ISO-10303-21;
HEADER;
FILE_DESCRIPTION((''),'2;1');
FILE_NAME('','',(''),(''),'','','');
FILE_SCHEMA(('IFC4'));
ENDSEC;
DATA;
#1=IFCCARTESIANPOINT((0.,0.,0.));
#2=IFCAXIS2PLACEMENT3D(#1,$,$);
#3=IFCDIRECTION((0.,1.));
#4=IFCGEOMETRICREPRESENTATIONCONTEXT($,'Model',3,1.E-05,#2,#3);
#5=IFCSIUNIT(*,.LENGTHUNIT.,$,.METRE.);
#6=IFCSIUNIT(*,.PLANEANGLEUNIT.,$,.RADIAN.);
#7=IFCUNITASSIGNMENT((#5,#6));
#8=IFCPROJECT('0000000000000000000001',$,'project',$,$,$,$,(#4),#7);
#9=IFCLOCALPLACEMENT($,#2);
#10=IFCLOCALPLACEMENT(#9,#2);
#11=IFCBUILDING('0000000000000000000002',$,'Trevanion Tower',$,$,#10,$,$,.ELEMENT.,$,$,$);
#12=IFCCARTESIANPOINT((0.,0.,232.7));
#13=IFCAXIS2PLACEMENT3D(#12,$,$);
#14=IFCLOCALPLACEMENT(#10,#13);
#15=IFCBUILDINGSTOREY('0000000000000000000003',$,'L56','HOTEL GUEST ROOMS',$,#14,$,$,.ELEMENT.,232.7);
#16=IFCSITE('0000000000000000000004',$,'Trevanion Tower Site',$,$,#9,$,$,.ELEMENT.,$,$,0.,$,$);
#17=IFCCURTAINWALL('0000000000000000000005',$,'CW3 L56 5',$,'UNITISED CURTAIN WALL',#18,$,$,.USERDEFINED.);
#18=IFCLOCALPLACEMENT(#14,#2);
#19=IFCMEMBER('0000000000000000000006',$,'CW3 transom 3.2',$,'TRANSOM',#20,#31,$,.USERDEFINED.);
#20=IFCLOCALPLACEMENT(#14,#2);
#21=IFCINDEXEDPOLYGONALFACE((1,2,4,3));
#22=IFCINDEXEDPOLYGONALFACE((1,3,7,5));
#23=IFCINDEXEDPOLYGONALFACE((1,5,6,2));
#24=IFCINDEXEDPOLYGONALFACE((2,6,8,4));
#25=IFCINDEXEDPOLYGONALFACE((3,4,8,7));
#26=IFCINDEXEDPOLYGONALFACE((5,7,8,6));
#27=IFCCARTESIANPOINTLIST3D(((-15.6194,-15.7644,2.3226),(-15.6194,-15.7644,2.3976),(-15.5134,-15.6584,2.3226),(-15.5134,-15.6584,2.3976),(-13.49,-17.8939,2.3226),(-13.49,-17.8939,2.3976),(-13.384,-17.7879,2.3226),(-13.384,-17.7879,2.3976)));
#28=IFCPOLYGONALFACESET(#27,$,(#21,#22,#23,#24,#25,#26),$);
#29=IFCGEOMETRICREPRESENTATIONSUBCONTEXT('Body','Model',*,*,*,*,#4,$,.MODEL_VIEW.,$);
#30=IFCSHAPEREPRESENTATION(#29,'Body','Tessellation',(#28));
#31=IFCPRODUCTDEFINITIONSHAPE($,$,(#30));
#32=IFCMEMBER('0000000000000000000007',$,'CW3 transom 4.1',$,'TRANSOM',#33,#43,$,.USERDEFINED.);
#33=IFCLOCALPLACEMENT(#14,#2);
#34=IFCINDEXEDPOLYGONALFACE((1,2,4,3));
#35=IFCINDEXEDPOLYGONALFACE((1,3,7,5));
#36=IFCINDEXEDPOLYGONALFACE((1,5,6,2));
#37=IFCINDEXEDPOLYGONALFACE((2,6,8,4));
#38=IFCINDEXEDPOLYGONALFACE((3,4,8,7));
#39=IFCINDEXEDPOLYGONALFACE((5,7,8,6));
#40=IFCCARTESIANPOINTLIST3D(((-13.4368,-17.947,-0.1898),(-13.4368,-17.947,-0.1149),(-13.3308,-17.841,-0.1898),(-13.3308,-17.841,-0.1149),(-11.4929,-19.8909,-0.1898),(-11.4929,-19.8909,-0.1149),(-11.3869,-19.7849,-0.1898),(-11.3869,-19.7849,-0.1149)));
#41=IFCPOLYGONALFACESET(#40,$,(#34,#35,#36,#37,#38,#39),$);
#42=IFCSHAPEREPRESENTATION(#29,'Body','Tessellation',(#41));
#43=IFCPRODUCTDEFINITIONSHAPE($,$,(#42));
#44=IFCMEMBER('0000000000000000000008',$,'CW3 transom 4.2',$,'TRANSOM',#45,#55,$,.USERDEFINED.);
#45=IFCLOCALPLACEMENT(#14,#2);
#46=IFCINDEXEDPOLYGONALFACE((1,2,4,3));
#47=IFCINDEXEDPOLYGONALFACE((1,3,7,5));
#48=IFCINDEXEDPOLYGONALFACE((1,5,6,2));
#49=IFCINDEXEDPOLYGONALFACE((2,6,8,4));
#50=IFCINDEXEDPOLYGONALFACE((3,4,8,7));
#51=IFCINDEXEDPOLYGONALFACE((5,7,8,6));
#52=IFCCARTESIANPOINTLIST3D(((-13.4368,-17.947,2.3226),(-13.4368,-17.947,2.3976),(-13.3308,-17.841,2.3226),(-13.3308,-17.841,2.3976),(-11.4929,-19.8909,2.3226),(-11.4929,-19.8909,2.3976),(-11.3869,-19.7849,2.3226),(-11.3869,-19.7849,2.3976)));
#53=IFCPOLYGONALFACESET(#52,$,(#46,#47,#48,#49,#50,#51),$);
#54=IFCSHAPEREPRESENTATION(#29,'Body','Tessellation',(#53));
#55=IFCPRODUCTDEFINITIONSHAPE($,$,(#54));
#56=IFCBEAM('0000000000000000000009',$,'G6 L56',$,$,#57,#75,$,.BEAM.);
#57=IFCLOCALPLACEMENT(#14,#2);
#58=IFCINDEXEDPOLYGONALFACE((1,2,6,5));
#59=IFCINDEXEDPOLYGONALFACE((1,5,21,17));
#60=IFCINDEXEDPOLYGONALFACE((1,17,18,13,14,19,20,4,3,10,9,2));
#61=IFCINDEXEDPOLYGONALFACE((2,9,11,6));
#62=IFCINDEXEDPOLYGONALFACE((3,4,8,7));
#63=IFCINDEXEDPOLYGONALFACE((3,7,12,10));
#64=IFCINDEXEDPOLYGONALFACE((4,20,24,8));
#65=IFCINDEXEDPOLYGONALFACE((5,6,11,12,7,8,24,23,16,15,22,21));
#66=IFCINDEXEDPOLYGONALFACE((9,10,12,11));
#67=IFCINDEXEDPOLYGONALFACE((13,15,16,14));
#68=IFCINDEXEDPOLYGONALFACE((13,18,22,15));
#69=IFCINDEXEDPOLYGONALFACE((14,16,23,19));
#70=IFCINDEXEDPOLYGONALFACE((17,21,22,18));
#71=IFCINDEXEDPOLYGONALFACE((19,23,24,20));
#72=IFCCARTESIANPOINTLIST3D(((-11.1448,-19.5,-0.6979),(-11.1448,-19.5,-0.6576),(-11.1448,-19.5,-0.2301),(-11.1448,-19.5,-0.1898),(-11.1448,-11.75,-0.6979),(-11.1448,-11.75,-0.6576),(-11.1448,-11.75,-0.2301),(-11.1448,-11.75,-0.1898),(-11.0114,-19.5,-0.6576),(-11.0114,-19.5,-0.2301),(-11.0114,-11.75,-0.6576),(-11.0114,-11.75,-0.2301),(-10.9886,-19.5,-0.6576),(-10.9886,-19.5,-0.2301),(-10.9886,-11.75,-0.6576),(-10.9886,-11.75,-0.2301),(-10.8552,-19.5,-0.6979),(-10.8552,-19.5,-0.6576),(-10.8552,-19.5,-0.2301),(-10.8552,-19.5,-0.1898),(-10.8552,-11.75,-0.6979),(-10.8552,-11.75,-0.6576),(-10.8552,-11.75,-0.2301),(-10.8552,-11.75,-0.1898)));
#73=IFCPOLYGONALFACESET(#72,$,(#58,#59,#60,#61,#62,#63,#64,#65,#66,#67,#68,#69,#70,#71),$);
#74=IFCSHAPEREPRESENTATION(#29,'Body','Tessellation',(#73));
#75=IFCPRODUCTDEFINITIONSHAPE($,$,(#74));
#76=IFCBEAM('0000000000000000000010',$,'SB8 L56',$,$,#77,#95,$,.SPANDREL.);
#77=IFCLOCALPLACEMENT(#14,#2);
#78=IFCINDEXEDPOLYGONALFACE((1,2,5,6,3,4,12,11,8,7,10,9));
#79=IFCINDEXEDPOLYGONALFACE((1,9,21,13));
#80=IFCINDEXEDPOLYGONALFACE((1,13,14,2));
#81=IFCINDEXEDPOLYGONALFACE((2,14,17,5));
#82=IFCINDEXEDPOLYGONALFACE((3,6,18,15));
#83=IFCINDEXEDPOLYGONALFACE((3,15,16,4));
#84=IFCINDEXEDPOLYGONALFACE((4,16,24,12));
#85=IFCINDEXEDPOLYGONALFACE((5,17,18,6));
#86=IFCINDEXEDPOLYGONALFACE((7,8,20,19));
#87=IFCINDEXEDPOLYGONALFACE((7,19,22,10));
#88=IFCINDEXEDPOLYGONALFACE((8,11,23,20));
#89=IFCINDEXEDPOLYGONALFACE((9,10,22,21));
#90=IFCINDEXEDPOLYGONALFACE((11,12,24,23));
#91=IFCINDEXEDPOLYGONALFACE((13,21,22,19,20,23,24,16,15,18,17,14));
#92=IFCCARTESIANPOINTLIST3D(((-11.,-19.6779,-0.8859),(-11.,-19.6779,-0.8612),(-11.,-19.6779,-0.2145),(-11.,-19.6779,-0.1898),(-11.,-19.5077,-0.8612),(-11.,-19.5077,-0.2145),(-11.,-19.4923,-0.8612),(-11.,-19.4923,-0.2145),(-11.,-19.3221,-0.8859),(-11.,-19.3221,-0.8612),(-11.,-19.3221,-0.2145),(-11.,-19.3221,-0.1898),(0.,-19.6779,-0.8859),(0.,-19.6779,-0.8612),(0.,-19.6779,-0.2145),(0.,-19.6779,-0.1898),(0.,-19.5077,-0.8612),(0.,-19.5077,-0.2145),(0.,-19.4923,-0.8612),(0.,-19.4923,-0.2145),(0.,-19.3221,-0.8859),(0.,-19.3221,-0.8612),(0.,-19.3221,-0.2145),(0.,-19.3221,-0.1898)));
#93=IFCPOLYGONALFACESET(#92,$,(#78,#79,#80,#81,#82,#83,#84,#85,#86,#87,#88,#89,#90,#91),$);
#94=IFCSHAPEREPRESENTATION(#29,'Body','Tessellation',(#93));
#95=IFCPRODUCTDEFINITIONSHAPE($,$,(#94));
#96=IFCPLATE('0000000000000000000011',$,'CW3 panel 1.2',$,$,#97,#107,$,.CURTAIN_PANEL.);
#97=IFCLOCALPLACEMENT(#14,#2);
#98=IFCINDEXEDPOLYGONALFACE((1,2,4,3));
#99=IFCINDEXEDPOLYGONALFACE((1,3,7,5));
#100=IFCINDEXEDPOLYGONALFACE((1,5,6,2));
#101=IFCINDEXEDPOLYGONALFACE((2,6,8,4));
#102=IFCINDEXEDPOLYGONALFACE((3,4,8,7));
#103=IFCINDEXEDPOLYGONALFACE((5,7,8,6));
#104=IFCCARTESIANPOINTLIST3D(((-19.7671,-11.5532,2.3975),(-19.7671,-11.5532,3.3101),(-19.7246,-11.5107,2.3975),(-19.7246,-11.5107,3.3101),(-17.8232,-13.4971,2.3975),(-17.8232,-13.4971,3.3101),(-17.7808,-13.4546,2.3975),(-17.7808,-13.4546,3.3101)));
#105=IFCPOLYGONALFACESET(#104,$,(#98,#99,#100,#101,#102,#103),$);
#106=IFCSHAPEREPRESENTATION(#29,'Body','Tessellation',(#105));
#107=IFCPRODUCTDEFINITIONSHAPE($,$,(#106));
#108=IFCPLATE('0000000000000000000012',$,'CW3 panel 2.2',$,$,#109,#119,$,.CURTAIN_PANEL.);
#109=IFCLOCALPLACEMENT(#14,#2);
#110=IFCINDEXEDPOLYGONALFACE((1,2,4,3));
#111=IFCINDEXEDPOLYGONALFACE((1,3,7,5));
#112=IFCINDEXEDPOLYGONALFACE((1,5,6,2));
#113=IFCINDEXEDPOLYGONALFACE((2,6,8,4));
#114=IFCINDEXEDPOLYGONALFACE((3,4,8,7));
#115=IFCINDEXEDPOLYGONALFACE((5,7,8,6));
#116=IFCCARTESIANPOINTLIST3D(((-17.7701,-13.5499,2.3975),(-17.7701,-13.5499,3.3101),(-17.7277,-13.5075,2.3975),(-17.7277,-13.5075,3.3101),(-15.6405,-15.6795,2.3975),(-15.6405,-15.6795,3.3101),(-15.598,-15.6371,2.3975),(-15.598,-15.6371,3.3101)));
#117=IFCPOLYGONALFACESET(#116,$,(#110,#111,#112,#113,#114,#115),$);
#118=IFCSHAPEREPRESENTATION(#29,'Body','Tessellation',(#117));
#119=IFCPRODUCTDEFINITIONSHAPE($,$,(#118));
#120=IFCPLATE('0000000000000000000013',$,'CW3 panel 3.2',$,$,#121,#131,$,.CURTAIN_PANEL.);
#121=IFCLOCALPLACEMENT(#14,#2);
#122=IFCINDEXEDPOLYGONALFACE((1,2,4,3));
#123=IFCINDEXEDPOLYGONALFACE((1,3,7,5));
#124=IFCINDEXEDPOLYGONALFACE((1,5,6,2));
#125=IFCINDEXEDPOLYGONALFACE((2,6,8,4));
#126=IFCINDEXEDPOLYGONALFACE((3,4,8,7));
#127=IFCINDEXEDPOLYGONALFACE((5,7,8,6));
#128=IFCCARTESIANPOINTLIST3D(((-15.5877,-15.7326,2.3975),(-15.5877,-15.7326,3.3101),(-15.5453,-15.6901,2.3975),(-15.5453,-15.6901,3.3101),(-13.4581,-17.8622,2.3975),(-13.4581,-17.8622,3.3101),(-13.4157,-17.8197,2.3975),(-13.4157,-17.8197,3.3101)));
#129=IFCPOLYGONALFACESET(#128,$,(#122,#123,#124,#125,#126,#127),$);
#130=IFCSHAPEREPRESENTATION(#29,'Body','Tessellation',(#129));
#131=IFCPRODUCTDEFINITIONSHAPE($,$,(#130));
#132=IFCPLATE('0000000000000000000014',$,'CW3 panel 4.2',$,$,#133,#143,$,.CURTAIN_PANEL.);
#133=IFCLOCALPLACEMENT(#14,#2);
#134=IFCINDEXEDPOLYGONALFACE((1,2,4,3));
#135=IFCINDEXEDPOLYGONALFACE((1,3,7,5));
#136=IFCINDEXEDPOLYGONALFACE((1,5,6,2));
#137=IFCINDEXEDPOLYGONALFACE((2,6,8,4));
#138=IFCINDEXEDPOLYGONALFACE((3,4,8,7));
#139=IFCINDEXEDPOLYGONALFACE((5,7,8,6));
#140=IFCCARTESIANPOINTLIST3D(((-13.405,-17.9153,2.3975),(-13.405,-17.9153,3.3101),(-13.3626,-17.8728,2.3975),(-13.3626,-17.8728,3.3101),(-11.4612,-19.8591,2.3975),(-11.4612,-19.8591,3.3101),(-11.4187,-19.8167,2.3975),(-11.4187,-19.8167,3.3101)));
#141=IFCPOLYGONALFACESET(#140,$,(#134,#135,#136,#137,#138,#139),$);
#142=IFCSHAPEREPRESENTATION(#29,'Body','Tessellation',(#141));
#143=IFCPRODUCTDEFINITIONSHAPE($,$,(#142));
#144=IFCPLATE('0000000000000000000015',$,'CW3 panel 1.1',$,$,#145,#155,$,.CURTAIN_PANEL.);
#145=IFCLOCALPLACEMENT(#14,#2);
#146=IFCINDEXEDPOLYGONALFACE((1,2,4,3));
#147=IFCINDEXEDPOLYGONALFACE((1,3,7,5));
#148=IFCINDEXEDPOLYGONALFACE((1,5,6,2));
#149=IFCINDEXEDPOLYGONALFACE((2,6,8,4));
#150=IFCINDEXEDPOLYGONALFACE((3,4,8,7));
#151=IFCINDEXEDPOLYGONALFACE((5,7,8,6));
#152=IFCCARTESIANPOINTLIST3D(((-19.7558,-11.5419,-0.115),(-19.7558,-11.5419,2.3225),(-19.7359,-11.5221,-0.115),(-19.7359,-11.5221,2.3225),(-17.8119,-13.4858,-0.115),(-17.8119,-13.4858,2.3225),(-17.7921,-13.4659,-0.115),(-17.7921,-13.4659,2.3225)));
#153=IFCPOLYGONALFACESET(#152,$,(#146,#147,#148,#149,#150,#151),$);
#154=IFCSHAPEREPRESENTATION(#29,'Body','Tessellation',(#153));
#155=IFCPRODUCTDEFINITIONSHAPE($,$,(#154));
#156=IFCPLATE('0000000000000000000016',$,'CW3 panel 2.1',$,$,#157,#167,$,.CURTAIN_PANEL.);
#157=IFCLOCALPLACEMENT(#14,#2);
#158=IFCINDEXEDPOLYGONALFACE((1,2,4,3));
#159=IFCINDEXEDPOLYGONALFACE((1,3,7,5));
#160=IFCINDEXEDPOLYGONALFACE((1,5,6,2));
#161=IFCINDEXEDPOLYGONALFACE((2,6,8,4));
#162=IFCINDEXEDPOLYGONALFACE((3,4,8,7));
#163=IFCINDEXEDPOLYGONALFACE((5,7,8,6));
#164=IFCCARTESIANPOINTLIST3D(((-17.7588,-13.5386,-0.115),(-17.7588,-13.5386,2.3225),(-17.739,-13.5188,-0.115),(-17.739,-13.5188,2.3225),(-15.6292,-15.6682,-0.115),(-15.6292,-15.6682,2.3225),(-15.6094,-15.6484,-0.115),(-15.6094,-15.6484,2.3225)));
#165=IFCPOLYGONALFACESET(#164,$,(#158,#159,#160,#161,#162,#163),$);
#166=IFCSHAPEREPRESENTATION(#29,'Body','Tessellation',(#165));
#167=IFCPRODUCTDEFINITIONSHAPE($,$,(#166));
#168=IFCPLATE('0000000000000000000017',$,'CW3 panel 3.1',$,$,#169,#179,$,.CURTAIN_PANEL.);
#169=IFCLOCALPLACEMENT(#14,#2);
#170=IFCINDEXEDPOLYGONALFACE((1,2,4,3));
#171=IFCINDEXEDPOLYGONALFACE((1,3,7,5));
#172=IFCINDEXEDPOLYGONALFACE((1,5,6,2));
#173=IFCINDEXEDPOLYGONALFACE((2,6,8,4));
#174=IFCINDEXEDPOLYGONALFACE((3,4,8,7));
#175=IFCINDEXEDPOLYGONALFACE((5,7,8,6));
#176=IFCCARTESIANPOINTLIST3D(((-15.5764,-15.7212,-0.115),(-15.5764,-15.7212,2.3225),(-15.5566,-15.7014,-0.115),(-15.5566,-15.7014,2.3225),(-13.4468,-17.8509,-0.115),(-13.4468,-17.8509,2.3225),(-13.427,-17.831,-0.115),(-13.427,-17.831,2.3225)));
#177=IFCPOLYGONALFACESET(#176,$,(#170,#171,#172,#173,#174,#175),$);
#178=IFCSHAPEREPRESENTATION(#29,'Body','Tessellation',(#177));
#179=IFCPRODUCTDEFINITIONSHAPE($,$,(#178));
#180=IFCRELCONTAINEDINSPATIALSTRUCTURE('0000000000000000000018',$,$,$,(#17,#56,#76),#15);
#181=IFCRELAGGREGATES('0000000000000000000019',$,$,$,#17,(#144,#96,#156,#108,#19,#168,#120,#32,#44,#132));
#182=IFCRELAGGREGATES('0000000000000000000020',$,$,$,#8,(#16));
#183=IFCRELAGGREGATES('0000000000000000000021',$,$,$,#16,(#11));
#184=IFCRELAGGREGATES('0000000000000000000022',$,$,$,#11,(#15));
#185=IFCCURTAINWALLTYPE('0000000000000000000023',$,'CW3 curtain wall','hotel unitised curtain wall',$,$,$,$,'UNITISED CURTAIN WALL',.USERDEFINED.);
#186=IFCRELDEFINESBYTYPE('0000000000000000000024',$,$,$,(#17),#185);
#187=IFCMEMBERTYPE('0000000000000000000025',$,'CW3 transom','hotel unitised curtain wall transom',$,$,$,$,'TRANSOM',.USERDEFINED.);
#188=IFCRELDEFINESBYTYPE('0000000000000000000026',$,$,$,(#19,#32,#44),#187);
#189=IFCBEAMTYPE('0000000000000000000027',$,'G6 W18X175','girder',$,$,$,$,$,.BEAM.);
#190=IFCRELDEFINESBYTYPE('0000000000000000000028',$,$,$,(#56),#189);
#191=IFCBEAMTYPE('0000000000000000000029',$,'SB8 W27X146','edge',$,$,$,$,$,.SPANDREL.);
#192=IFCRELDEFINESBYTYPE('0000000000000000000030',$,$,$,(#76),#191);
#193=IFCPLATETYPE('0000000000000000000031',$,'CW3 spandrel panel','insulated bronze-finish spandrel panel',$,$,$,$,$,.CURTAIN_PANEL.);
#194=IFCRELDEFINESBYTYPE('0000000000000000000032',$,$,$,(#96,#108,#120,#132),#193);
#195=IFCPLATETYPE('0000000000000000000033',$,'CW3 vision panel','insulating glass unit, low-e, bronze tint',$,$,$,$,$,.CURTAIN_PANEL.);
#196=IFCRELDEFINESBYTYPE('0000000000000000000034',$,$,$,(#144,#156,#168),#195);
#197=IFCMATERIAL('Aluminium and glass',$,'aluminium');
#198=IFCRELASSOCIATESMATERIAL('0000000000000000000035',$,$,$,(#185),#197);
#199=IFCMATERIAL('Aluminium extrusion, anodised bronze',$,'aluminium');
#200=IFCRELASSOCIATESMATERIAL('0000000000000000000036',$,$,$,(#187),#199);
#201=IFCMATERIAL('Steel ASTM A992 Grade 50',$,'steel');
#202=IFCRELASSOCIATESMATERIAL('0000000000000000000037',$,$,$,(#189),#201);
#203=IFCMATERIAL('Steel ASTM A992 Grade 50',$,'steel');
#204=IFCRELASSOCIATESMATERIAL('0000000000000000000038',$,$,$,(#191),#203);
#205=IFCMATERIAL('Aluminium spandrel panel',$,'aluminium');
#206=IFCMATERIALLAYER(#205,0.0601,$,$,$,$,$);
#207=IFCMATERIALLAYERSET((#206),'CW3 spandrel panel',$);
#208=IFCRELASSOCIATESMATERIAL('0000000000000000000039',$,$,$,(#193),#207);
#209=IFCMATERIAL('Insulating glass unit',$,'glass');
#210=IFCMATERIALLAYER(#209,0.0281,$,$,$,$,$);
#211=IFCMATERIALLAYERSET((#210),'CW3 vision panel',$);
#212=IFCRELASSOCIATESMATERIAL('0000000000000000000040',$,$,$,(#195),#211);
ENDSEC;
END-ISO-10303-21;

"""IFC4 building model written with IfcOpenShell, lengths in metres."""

from ifc_helpers import new_model, si_unit, direction, frame, origin, origin_2d, place, context, subcontext, project, spatial, rectangle, i_section, extrude, material, layer, layer_set, material_profile, profile_set, type_object, element, aggregate, save


model = new_model("IFC4")

# Units and contexts
model_context = context("Model", 3, precision=1e-05, world=origin(), true_north=direction((0.0, 1.0)))
body_context = subcontext(model_context, "Body", "Model", "MODEL_VIEW")
ifc_project = project(units=[si_unit("LENGTHUNIT", "METRE"), si_unit("PLANEANGLEUNIT", "RADIAN")], contexts=[model_context])

# Site, building, storey
site_placement = place(None, origin())
site = spatial("IfcSite", under=ifc_project, at=site_placement, Name="Trevanion Tower Site", CompositionType="ELEMENT", RefElevation=0.0)
building_placement = place(site_placement, origin())
building = spatial("IfcBuilding", under=site, at=building_placement, Name="Trevanion Tower", CompositionType="ELEMENT")
storey_placement = place(building_placement, frame((0.0, 0.0, 232.7)))
storey = spatial("IfcBuildingStorey", under=building, at=storey_placement, Name="L56", Description="HOTEL GUEST ROOMS", CompositionType="ELEMENT", Elevation=232.7)

# Curtain wall, members
ifc_material_1 = material(Name="Aluminium and glass", Category="aluminium")
curtain_wall_type = type_object("IfcCurtainWallType", Name="CW3 curtain wall", Description="hotel unitised curtain wall", ElementType="UNITISED CURTAIN WALL", PredefinedType="USERDEFINED", material=ifc_material_1)
curtain_wall_placement = place(storey_placement, origin())
curtain_wall = element("IfcCurtainWall", 1, at=curtain_wall_placement, inside=storey, type_object=curtain_wall_type, Name="CW3 L56 5", ObjectType="UNITISED CURTAIN WALL", PredefinedType="USERDEFINED")
ifc_material_2 = material(Name="Aluminium extrusion, anodised bronze", Category="aluminium")
ifc_material_profile_1 = material_profile(ifc_material_2, rectangle(XDim=0.1499, YDim=0.075, at=origin_2d()), Name="CW3 transom")
ifc_profile_set_1 = profile_set([ifc_material_profile_1], Name="Aluminium extrusion, anodised bronze")
member_type_1 = type_object("IfcMemberType", Name="CW3 transom", Description="hotel unitised curtain wall transom", ElementType="TRANSOM", PredefinedType="USERDEFINED", material=ifc_profile_set_1)
member_1_placement = place(storey_placement, frame((-15.5664, -15.7114, 2.3601), z_axis=(0.707107, -0.707107, 0.0), x_axis=(0.707107, 0.707107, 0.0)))
member_1 = element("IfcMember", 2, at=member_1_placement, type_object=member_type_1, Name="CW3 transom 3.2", ObjectType="TRANSOM", PredefinedType="USERDEFINED", context=body_context, shape_type="SweptSolid", body=[
    extrude(rectangle(XDim=0.1499, YDim=0.075, at=origin_2d()), origin(), (0.0, 0.0, 1.0), 3.0115),
])
member_2_placement = place(storey_placement, frame((-13.3838, -17.894, -0.1523), z_axis=(0.707107, -0.707107, 0.0), x_axis=(0.707107, 0.707107, 0.0)))
member_2 = element("IfcMember", 3, at=member_2_placement, type_object=member_type_1, Name="CW3 transom 4.1", ObjectType="TRANSOM", PredefinedType="USERDEFINED", context=body_context, shape_type="SweptSolid", body=[
    extrude(rectangle(XDim=0.1499, YDim=0.075, at=origin_2d()), origin(), (0.0, 0.0, 1.0), 2.749),
])
member_3_placement = place(storey_placement, frame((-13.3838, -17.894, 2.3601), z_axis=(0.707107, -0.707107, 0.0), x_axis=(0.707107, 0.707107, 0.0)))
member_3 = element("IfcMember", 4, at=member_3_placement, type_object=member_type_1, Name="CW3 transom 4.2", ObjectType="TRANSOM", PredefinedType="USERDEFINED", context=body_context, shape_type="SweptSolid", body=[
    extrude(rectangle(XDim=0.1499, YDim=0.075, at=origin_2d()), origin(), (0.0, 0.0, 1.0), 2.749),
])

# Beams
ifc_material_3 = material(Name="Steel ASTM A992 Grade 50", Category="steel")
ifc_material_profile_2 = material_profile(ifc_material_3, i_section(OverallWidth=0.2896, OverallDepth=0.5081, WebThickness=0.0227, FlangeThickness=0.0403, at=origin_2d()), Name="W18X175")
ifc_profile_set_2 = profile_set([ifc_material_profile_2], Name="Steel ASTM A992 Grade 50")
beam_type_1 = type_object("IfcBeamType", Name="G6 W18X175", Description="girder", PredefinedType="BEAM", material=ifc_profile_set_2)
beam_1_placement = place(storey_placement, frame((-11.0, -11.75, -0.4438), z_axis=(0.0, -1.0, 0.0), x_axis=(1.0, 0.0, 0.0)))
element("IfcBeam", 5, at=beam_1_placement, inside=storey, type_object=beam_type_1, Name="G6 L56", PredefinedType="BEAM", context=body_context, shape_type="SweptSolid", body=[
    extrude(i_section(OverallWidth=0.2896, OverallDepth=0.5081, WebThickness=0.0227, FlangeThickness=0.0403, at=origin_2d()), origin(), (0.0, 0.0, 1.0), 7.75),
])
ifc_material_4 = material(Name="Steel ASTM A992 Grade 50", Category="steel")
ifc_material_profile_3 = material_profile(ifc_material_4, i_section(OverallWidth=0.3557, OverallDepth=0.696, WebThickness=0.0154, FlangeThickness=0.0247, at=origin_2d()), Name="W27X146")
ifc_profile_set_3 = profile_set([ifc_material_profile_3], Name="Steel ASTM A992 Grade 50")
beam_type_2 = type_object("IfcBeamType", Name="SB8 W27X146", Description="edge", PredefinedType="SPANDREL", material=ifc_profile_set_3)
beam_2_placement = place(storey_placement, frame((-11.0, -19.5, -0.5378), z_axis=(1.0, 0.0, 0.0), x_axis=(0.0, 1.0, 0.0)))
element("IfcBeam", 6, at=beam_2_placement, inside=storey, type_object=beam_type_2, Name="SB8 L56", PredefinedType="SPANDREL", context=body_context, shape_type="SweptSolid", body=[
    extrude(i_section(OverallWidth=0.3557, OverallDepth=0.696, WebThickness=0.0154, FlangeThickness=0.0247, at=origin_2d()), origin(), (0.0, 0.0, 1.0), 11.0),
])

# Plates
ifc_material_5 = material(Name="Aluminium spandrel panel", Category="aluminium")
ifc_layer_1 = layer(ifc_material_5, 0.0601)
ifc_layer_set_1 = layer_set([ifc_layer_1], Name="CW3 spandrel panel")
plate_type_1 = type_object("IfcPlateType", Name="CW3 spandrel panel", Description="insulated bronze-finish spandrel panel", PredefinedType="CURTAIN_PANEL", material=ifc_layer_set_1)
plate_1_placement = place(storey_placement, frame((-18.7739, -12.5039, 2.3975), z_axis=(0.0, 0.0, 1.0), x_axis=(0.707107, -0.707107, 0.0)))
plate_1 = element("IfcPlate", 7, at=plate_1_placement, type_object=plate_type_1, Name="CW3 panel 1.2", PredefinedType="CURTAIN_PANEL", context=body_context, shape_type="SweptSolid", body=[
    extrude(rectangle(XDim=2.749, YDim=0.0601, at=origin_2d()), origin(), (0.0, 0.0, 1.0), 0.9126),
])
plate_2_placement = place(storey_placement, frame((-16.6841, -14.5935, 2.3975), z_axis=(0.0, 0.0, 1.0), x_axis=(0.707107, -0.707107, 0.0)))
plate_2 = element("IfcPlate", 8, at=plate_2_placement, type_object=plate_type_1, Name="CW3 panel 2.2", PredefinedType="CURTAIN_PANEL", context=body_context, shape_type="SweptSolid", body=[
    extrude(rectangle(XDim=3.0117, YDim=0.0601, at=origin_2d()), origin(), (0.0, 0.0, 1.0), 0.9126),
])
plate_3_placement = place(storey_placement, frame((-14.5017, -16.7761, 2.3975), z_axis=(0.0, 0.0, 1.0), x_axis=(0.707107, -0.707107, 0.0)))
plate_3 = element("IfcPlate", 9, at=plate_3_placement, type_object=plate_type_1, Name="CW3 panel 3.2", PredefinedType="CURTAIN_PANEL", context=body_context, shape_type="SweptSolid", body=[
    extrude(rectangle(XDim=3.0117, YDim=0.0601, at=origin_2d()), origin(), (0.0, 0.0, 1.0), 0.9126),
])
plate_4_placement = place(storey_placement, frame((-12.4119, -18.866, 2.3975), z_axis=(0.0, 0.0, 1.0), x_axis=(0.707107, -0.707107, 0.0)))
plate_4 = element("IfcPlate", 10, at=plate_4_placement, type_object=plate_type_1, Name="CW3 panel 4.2", PredefinedType="CURTAIN_PANEL", context=body_context, shape_type="SweptSolid", body=[
    extrude(rectangle(XDim=2.749, YDim=0.0601, at=origin_2d()), origin(), (0.0, 0.0, 1.0), 0.9126),
])
ifc_material_6 = material(Name="Insulating glass unit", Category="glass")
ifc_layer_2 = layer(ifc_material_6, 0.0281)
ifc_layer_set_2 = layer_set([ifc_layer_2], Name="CW3 vision panel")
plate_type_2 = type_object("IfcPlateType", Name="CW3 vision panel", Description="insulating glass unit, low-e, bronze tint", PredefinedType="CURTAIN_PANEL", material=ifc_layer_set_2)
plate_5_placement = place(storey_placement, frame((-18.7739, -12.5039, -0.115), z_axis=(0.0, 0.0, 1.0), x_axis=(0.707107, -0.707107, 0.0)))
plate_5 = element("IfcPlate", 11, at=plate_5_placement, type_object=plate_type_2, Name="CW3 panel 1.1", PredefinedType="CURTAIN_PANEL", context=body_context, shape_type="SweptSolid", body=[
    extrude(rectangle(XDim=2.749, YDim=0.0281, at=origin_2d()), origin(), (0.0, 0.0, 1.0), 2.4375),
])
plate_6_placement = place(storey_placement, frame((-16.6841, -14.5935, -0.115), z_axis=(0.0, 0.0, 1.0), x_axis=(0.707107, -0.707107, 0.0)))
plate_6 = element("IfcPlate", 12, at=plate_6_placement, type_object=plate_type_2, Name="CW3 panel 2.1", PredefinedType="CURTAIN_PANEL", context=body_context, shape_type="SweptSolid", body=[
    extrude(rectangle(XDim=3.0117, YDim=0.0281, at=origin_2d()), origin(), (0.0, 0.0, 1.0), 2.4375),
])
plate_7_placement = place(storey_placement, frame((-14.5017, -16.7761, -0.115), z_axis=(0.0, 0.0, 1.0), x_axis=(0.707107, -0.707107, 0.0)))
plate_7 = element("IfcPlate", 13, at=plate_7_placement, type_object=plate_type_2, Name="CW3 panel 3.1", PredefinedType="CURTAIN_PANEL", context=body_context, shape_type="SweptSolid", body=[
    extrude(rectangle(XDim=3.0117, YDim=0.0281, at=origin_2d()), origin(), (0.0, 0.0, 1.0), 2.4375),
])
aggregate(curtain_wall, [plate_5, plate_1, plate_6, plate_2, member_1, plate_7, plate_3, member_2, member_3, plate_4])

save(model, "model.ifc")
